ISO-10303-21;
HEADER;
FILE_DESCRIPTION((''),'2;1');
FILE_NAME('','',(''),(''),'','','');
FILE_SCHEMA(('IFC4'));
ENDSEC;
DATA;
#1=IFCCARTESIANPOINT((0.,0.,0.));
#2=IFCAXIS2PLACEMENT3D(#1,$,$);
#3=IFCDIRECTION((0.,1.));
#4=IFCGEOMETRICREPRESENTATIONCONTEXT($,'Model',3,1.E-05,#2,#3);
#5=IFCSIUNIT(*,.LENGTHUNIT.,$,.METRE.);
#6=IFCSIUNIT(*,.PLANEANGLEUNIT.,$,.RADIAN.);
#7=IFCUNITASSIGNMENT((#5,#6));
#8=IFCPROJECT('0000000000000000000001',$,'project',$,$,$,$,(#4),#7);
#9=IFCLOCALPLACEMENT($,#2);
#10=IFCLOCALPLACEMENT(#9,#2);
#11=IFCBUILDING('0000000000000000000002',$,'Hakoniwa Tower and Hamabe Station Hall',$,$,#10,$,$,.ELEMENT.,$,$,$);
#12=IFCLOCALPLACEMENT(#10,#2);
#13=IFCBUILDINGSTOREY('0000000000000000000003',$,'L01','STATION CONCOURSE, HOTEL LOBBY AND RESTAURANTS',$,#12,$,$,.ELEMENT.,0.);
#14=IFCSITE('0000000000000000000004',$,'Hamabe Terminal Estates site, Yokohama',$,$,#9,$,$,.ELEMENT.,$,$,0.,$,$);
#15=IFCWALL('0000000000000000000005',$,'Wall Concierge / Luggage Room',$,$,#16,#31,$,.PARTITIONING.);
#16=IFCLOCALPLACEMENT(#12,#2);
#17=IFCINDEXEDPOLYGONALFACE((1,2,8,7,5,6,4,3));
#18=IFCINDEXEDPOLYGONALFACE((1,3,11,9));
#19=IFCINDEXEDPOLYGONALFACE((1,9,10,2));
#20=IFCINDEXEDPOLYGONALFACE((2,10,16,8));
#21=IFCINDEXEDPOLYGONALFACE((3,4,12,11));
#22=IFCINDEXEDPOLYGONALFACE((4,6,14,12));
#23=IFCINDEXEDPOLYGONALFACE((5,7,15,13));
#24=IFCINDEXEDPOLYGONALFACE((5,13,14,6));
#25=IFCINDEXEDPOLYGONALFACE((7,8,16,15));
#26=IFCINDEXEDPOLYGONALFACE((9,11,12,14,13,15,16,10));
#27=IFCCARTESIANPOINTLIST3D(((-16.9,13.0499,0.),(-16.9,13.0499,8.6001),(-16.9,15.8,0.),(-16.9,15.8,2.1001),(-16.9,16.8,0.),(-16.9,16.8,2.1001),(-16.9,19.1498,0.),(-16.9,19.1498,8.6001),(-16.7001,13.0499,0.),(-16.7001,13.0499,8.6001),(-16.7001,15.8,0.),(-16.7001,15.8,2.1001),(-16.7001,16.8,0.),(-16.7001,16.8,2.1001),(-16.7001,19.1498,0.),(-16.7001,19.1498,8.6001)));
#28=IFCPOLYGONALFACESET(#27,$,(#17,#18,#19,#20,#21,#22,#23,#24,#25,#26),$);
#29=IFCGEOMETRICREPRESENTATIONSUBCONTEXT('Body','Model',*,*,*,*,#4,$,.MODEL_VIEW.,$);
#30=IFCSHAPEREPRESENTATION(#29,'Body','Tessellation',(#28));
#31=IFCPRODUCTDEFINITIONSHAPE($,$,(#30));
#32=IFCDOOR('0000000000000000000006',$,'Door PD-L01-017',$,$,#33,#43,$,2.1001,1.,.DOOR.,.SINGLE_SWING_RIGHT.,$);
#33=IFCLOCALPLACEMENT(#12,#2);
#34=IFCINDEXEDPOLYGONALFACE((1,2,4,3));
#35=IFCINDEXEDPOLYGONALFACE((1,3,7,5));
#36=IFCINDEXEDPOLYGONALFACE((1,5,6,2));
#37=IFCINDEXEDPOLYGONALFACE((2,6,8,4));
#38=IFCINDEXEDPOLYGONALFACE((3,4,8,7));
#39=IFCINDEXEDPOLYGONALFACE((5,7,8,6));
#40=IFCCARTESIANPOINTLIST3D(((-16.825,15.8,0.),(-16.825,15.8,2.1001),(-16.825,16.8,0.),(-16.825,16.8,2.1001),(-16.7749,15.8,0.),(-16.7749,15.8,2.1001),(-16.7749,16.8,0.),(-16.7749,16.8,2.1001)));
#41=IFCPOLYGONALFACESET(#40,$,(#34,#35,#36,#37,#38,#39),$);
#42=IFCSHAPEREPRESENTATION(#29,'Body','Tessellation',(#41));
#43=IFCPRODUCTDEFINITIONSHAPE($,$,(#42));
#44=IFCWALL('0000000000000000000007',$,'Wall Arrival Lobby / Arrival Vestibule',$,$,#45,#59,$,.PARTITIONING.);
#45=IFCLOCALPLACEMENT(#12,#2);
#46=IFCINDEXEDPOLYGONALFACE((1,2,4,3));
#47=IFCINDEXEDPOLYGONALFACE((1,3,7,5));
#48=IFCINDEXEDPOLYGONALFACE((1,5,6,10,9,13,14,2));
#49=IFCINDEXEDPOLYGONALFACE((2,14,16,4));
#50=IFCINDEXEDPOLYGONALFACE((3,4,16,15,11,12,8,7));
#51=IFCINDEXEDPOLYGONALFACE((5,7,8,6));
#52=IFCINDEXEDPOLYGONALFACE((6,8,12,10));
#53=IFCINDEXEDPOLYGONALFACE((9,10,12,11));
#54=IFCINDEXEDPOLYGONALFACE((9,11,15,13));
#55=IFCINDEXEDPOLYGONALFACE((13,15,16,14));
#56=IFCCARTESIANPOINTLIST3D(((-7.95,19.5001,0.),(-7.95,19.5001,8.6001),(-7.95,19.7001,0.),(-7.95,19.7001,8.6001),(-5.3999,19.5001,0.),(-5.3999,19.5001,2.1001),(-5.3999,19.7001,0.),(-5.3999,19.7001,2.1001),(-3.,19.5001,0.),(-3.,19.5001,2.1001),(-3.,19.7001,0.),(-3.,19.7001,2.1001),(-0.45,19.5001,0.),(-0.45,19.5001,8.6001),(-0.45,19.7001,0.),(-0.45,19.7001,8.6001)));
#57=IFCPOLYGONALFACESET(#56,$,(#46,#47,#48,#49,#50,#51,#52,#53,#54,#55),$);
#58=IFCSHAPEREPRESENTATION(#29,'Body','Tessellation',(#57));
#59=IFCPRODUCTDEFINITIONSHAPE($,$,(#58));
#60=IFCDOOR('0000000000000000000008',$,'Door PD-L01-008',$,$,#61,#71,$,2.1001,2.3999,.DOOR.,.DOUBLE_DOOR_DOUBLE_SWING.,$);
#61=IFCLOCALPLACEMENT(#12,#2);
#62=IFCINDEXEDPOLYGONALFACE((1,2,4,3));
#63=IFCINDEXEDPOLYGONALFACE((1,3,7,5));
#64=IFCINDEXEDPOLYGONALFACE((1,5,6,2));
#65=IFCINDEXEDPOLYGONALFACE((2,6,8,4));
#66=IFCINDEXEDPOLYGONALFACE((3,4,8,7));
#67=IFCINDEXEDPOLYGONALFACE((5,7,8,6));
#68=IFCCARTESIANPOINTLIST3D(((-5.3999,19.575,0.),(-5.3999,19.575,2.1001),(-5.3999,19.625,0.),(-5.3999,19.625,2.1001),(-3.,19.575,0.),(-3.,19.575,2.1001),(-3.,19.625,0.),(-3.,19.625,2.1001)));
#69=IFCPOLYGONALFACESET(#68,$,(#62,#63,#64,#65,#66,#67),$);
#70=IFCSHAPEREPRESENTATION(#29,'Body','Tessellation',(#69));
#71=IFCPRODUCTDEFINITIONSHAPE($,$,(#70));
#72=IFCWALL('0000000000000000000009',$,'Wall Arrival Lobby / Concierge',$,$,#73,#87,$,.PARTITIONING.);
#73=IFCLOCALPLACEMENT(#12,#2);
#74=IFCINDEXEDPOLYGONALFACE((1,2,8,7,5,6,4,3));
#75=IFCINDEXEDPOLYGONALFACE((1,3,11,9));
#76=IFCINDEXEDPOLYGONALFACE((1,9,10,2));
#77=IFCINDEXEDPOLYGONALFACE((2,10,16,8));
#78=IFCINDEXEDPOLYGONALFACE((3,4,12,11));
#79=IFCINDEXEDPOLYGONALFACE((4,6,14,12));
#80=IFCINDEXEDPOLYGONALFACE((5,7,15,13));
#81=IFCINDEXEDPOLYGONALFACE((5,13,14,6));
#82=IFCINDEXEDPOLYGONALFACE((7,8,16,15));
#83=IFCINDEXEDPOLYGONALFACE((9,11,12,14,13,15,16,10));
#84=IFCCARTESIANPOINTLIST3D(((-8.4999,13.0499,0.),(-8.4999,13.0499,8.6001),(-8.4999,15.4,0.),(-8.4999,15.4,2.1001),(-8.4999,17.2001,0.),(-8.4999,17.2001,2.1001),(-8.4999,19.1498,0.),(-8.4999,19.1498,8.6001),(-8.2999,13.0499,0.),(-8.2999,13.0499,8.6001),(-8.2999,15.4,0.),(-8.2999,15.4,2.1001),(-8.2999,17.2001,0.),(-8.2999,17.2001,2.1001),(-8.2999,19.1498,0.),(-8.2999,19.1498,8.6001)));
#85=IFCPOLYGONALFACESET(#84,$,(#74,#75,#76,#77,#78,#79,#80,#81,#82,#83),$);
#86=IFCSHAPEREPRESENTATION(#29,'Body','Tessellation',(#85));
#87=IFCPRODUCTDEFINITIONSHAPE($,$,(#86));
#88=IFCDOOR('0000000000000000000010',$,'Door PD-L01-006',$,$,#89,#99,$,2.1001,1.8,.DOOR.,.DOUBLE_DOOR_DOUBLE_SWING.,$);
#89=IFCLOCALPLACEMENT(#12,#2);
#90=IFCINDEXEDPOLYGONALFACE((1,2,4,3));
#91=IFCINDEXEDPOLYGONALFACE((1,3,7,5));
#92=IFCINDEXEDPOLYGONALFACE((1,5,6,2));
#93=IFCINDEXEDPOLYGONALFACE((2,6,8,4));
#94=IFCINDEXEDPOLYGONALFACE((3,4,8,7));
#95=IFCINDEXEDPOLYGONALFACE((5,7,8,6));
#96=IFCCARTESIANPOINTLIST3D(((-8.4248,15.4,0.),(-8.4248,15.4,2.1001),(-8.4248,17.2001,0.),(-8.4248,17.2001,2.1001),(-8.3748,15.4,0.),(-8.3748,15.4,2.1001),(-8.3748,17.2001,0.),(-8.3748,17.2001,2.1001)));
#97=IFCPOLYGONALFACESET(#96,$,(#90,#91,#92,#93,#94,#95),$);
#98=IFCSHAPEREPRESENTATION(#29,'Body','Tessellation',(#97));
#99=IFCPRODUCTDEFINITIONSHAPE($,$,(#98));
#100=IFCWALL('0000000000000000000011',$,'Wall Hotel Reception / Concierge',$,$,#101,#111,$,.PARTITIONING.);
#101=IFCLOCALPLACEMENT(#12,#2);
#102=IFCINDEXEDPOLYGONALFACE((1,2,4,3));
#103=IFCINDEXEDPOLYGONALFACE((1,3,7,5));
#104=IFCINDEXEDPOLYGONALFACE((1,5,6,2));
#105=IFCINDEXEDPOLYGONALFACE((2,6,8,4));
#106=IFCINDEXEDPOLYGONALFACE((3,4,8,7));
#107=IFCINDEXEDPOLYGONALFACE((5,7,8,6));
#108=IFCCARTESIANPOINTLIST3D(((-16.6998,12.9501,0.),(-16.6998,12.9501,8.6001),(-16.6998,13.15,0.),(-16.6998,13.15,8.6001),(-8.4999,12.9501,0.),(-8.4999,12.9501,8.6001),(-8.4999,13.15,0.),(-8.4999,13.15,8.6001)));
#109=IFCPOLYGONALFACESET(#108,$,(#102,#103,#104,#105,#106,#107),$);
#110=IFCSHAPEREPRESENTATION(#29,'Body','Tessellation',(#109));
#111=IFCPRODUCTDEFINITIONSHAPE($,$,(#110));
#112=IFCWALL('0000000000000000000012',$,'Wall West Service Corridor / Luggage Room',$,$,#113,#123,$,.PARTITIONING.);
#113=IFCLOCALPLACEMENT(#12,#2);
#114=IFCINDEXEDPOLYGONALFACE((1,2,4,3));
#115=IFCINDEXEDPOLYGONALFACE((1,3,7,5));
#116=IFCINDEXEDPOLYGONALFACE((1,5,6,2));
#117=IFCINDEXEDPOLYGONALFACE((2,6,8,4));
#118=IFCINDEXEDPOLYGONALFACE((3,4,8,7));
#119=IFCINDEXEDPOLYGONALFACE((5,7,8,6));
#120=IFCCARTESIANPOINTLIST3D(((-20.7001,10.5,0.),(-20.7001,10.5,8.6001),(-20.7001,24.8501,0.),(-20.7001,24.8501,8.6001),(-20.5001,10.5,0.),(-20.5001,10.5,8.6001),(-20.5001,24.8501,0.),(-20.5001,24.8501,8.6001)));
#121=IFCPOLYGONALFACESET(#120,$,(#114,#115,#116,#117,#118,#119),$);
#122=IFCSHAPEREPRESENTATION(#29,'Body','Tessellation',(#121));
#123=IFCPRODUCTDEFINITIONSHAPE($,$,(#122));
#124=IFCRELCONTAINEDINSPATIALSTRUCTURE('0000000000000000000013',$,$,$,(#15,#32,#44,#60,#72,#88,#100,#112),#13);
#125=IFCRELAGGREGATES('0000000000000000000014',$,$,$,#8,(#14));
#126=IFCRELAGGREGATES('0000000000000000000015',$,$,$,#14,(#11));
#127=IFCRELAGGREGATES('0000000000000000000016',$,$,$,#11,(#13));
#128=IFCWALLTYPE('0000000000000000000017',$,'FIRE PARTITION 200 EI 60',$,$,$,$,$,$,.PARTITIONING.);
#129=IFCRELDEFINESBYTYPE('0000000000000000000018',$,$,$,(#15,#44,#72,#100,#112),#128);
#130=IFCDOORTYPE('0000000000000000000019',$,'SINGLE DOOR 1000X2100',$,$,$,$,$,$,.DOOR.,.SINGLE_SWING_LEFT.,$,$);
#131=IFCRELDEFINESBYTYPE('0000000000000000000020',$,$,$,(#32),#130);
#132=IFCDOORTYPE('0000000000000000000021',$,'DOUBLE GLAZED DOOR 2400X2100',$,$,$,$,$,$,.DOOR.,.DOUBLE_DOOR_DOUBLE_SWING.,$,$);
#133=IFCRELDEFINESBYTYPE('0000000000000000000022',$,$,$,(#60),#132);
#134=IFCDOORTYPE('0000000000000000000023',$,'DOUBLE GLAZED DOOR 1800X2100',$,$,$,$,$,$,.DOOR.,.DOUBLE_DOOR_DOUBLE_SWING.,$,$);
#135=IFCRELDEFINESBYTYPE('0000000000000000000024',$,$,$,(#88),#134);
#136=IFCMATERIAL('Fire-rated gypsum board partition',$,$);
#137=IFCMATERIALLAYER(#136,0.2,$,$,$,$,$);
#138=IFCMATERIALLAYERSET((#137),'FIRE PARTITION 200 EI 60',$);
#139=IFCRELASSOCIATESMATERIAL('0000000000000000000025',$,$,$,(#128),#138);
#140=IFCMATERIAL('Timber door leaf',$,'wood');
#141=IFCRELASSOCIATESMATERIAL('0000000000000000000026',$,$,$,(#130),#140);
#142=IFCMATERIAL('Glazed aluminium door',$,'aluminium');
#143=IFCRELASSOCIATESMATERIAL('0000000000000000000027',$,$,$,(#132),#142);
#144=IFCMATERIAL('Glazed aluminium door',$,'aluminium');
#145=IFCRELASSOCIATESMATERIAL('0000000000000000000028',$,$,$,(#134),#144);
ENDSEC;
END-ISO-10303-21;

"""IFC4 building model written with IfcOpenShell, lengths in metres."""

from ifc_helpers import new_model, si_unit, direction, frame, frame_2d, origin, place, context, subcontext, project, spatial, rectangle, extrude, material, layer, layer_set, type_object, element, fill, save


model = new_model("IFC4")

# Units and contexts
model_context = context("Model", 3, precision=1e-05, world=origin(), true_north=direction((0.0, 1.0)))
body_context = subcontext(model_context, "Body", "Model", "MODEL_VIEW")
ifc_project = project(units=[si_unit("LENGTHUNIT", "METRE"), si_unit("PLANEANGLEUNIT", "RADIAN")], contexts=[model_context])

# Site, building, storey
site_placement = place(None, origin())
site = spatial("IfcSite", under=ifc_project, at=site_placement, Name="Hamabe Terminal Estates site, Yokohama", CompositionType="ELEMENT", RefElevation=0.0)
building_placement = place(site_placement, origin())
building = spatial("IfcBuilding", under=site, at=building_placement, Name="Hakoniwa Tower and Hamabe Station Hall", CompositionType="ELEMENT")
storey_placement = place(building_placement, origin())
storey = spatial("IfcBuildingStorey", under=building, at=storey_placement, Name="L01", Description="STATION CONCOURSE, HOTEL LOBBY AND RESTAURANTS", CompositionType="ELEMENT", Elevation=0.0)

# Shared definitions
ifc_material_1 = material(Name="Fire-rated gypsum board partition")
ifc_layer_1 = layer(ifc_material_1, 0.2)
ifc_layer_set_1 = layer_set([ifc_layer_1], Name="FIRE PARTITION 200 EI 60")
wall_type_1 = type_object("IfcWallType", Name="FIRE PARTITION 200 EI 60", PredefinedType="PARTITIONING", material=ifc_layer_set_1)

# Walls, openings, doors
wall_1_placement = place(storey_placement, frame((-16.8, 13.05, 0.0), z_axis=(0.0, 0.0, 1.0), x_axis=(0.0, 1.0, 0.0)))
wall_1 = element("IfcWall", 1, at=wall_1_placement, inside=storey, type_object=wall_type_1, Name="Wall Concierge / Luggage Room", PredefinedType="PARTITIONING", context=body_context, shape_type="SweptSolid", body=[
    extrude(rectangle(XDim=6.0999, YDim=0.2, at=frame_2d((3.0498, 0.0))), origin(), (0.0, 0.0, 1.0), 8.6001),
])
opening_1_placement = place(wall_1_placement, frame((2.75, 0.0, 0.0)))
opening_1 = element("IfcOpeningElement", 2, at=opening_1_placement, cuts=wall_1, PredefinedType="OPENING", context=body_context, shape_type="SweptSolid", body=[
    extrude(rectangle(XDim=1.0, YDim=2.1001, at=frame_2d((0.5, 1.05))), frame((0.0, 0.1099, 0.0), z_axis=(0.0, -1.0, 0.0), x_axis=(1.0, 0.0, 0.0)), (0.0, 0.0, 1.0), 0.22),
])
ifc_material_2 = material(Name="Timber door leaf", Category="wood")
door_type_1 = type_object("IfcDoorType", Name="SINGLE DOOR 1000X2100", OperationType="SINGLE_SWING_LEFT", PredefinedType="DOOR", material=ifc_material_2)
door_1_placement = place(opening_1_placement, origin())
door_1 = element("IfcDoor", 3, at=door_1_placement, inside=storey, type_object=door_type_1, Name="Door PD-L01-017", OperationType="SINGLE_SWING_RIGHT", OverallHeight=2.1001, OverallWidth=1.0, PredefinedType="DOOR", context=body_context, shape_type="SweptSolid", body=[
    extrude(rectangle(XDim=1.0, YDim=2.1001, at=frame_2d((0.5, 1.05))), frame((0.0, 0.0249, 0.0), z_axis=(0.0, -1.0, 0.0), x_axis=(1.0, 0.0, 0.0)), (0.0, 0.0, 1.0), 0.05),
])
fill(opening_1, door_1)
wall_2_placement = place(storey_placement, frame((-7.95, 19.6001, 0.0), z_axis=(0.0, 0.0, 1.0), x_axis=(1.0, 0.0, 0.0)))
wall_2 = element("IfcWall", 4, at=wall_2_placement, inside=storey, type_object=wall_type_1, Name="Wall Arrival Lobby / Arrival Vestibule", PredefinedType="PARTITIONING", context=body_context, shape_type="SweptSolid", body=[
    extrude(rectangle(XDim=7.5, YDim=0.2, at=frame_2d((3.75, 0.0))), origin(), (0.0, 0.0, 1.0), 8.6001),
])
opening_2_placement = place(wall_2_placement, frame((2.55, 0.0, 0.0)))
opening_2 = element("IfcOpeningElement", 5, at=opening_2_placement, cuts=wall_2, PredefinedType="OPENING", context=body_context, shape_type="SweptSolid", body=[
    extrude(rectangle(XDim=2.3999, YDim=2.1001, at=frame_2d((1.2, 1.05))), frame((0.0, 0.1099, 0.0), z_axis=(0.0, -1.0, 0.0), x_axis=(1.0, 0.0, 0.0)), (0.0, 0.0, 1.0), 0.22),
])
ifc_material_3 = material(Name="Glazed aluminium door", Category="aluminium")
door_type_2 = type_object("IfcDoorType", Name="DOUBLE GLAZED DOOR 2400X2100", OperationType="DOUBLE_DOOR_DOUBLE_SWING", PredefinedType="DOOR", material=ifc_material_3)
door_2_placement = place(opening_2_placement, origin())
door_2 = element("IfcDoor", 6, at=door_2_placement, inside=storey, type_object=door_type_2, Name="Door PD-L01-008", OperationType="DOUBLE_DOOR_DOUBLE_SWING", OverallHeight=2.1001, OverallWidth=2.3999, PredefinedType="DOOR", context=body_context, shape_type="SweptSolid", body=[
    extrude(rectangle(XDim=2.3999, YDim=2.1001, at=frame_2d((1.2, 1.05))), frame((0.0, 0.0249, 0.0), z_axis=(0.0, -1.0, 0.0), x_axis=(1.0, 0.0, 0.0)), (0.0, 0.0, 1.0), 0.05),
])
fill(opening_2, door_2)
wall_3_placement = place(storey_placement, frame((-8.3999, 13.05, 0.0), z_axis=(0.0, 0.0, 1.0), x_axis=(0.0, 1.0, 0.0)))
wall_3 = element("IfcWall", 7, at=wall_3_placement, inside=storey, type_object=wall_type_1, Name="Wall Arrival Lobby / Concierge", PredefinedType="PARTITIONING", context=body_context, shape_type="SweptSolid", body=[
    extrude(rectangle(XDim=6.0999, YDim=0.2, at=frame_2d((3.0498, 0.0))), origin(), (0.0, 0.0, 1.0), 8.6001),
])
opening_3_placement = place(wall_3_placement, frame((2.3501, 0.0, 0.0)))
opening_3 = element("IfcOpeningElement", 8, at=opening_3_placement, cuts=wall_3, PredefinedType="OPENING", context=body_context, shape_type="SweptSolid", body=[
    extrude(rectangle(XDim=1.8, YDim=2.1001, at=frame_2d((0.8999, 1.05))), frame((0.0, 0.1099, 0.0), z_axis=(0.0, -1.0, 0.0), x_axis=(1.0, 0.0, 0.0)), (0.0, 0.0, 1.0), 0.22),
])
ifc_material_4 = material(Name="Glazed aluminium door", Category="aluminium")
door_type_3 = type_object("IfcDoorType", Name="DOUBLE GLAZED DOOR 1800X2100", OperationType="DOUBLE_DOOR_DOUBLE_SWING", PredefinedType="DOOR", material=ifc_material_4)
door_3_placement = place(opening_3_placement, origin())
door_3 = element("IfcDoor", 9, at=door_3_placement, inside=storey, type_object=door_type_3, Name="Door PD-L01-006", OperationType="DOUBLE_DOOR_DOUBLE_SWING", OverallHeight=2.1001, OverallWidth=1.8, PredefinedType="DOOR", context=body_context, shape_type="SweptSolid", body=[
    extrude(rectangle(XDim=1.8, YDim=2.1001, at=frame_2d((0.8999, 1.05))), frame((0.0, 0.0249, 0.0), z_axis=(0.0, -1.0, 0.0), x_axis=(1.0, 0.0, 0.0)), (0.0, 0.0, 1.0), 0.05),
])
fill(opening_3, door_3)

# Walls
wall_4_placement = place(storey_placement, frame((-16.7, 13.05, 0.0), z_axis=(0.0, 0.0, 1.0), x_axis=(1.0, 0.0, 0.0)))
element("IfcWall", 10, at=wall_4_placement, inside=storey, type_object=wall_type_1, Name="Wall Hotel Reception / Concierge", PredefinedType="PARTITIONING", context=body_context, shape_type="SweptSolid", body=[
    extrude(rectangle(XDim=8.2, YDim=0.2, at=frame_2d((4.1001, 0.0))), origin(), (0.0, 0.0, 1.0), 8.6001),
])
wall_5_placement = place(storey_placement, frame((-20.6001, 24.8501, 0.0), z_axis=(0.0, 0.0, 1.0), x_axis=(0.0, -1.0, 0.0)))
element("IfcWall", 11, at=wall_5_placement, inside=storey, type_object=wall_type_1, Name="Wall West Service Corridor / Luggage Room", PredefinedType="PARTITIONING", context=body_context, shape_type="SweptSolid", body=[
    extrude(rectangle(XDim=14.3501, YDim=0.2, at=frame_2d((7.175, 0.0))), origin(), (0.0, 0.0, 1.0), 8.6001),
])

save(model, "model.ifc")
